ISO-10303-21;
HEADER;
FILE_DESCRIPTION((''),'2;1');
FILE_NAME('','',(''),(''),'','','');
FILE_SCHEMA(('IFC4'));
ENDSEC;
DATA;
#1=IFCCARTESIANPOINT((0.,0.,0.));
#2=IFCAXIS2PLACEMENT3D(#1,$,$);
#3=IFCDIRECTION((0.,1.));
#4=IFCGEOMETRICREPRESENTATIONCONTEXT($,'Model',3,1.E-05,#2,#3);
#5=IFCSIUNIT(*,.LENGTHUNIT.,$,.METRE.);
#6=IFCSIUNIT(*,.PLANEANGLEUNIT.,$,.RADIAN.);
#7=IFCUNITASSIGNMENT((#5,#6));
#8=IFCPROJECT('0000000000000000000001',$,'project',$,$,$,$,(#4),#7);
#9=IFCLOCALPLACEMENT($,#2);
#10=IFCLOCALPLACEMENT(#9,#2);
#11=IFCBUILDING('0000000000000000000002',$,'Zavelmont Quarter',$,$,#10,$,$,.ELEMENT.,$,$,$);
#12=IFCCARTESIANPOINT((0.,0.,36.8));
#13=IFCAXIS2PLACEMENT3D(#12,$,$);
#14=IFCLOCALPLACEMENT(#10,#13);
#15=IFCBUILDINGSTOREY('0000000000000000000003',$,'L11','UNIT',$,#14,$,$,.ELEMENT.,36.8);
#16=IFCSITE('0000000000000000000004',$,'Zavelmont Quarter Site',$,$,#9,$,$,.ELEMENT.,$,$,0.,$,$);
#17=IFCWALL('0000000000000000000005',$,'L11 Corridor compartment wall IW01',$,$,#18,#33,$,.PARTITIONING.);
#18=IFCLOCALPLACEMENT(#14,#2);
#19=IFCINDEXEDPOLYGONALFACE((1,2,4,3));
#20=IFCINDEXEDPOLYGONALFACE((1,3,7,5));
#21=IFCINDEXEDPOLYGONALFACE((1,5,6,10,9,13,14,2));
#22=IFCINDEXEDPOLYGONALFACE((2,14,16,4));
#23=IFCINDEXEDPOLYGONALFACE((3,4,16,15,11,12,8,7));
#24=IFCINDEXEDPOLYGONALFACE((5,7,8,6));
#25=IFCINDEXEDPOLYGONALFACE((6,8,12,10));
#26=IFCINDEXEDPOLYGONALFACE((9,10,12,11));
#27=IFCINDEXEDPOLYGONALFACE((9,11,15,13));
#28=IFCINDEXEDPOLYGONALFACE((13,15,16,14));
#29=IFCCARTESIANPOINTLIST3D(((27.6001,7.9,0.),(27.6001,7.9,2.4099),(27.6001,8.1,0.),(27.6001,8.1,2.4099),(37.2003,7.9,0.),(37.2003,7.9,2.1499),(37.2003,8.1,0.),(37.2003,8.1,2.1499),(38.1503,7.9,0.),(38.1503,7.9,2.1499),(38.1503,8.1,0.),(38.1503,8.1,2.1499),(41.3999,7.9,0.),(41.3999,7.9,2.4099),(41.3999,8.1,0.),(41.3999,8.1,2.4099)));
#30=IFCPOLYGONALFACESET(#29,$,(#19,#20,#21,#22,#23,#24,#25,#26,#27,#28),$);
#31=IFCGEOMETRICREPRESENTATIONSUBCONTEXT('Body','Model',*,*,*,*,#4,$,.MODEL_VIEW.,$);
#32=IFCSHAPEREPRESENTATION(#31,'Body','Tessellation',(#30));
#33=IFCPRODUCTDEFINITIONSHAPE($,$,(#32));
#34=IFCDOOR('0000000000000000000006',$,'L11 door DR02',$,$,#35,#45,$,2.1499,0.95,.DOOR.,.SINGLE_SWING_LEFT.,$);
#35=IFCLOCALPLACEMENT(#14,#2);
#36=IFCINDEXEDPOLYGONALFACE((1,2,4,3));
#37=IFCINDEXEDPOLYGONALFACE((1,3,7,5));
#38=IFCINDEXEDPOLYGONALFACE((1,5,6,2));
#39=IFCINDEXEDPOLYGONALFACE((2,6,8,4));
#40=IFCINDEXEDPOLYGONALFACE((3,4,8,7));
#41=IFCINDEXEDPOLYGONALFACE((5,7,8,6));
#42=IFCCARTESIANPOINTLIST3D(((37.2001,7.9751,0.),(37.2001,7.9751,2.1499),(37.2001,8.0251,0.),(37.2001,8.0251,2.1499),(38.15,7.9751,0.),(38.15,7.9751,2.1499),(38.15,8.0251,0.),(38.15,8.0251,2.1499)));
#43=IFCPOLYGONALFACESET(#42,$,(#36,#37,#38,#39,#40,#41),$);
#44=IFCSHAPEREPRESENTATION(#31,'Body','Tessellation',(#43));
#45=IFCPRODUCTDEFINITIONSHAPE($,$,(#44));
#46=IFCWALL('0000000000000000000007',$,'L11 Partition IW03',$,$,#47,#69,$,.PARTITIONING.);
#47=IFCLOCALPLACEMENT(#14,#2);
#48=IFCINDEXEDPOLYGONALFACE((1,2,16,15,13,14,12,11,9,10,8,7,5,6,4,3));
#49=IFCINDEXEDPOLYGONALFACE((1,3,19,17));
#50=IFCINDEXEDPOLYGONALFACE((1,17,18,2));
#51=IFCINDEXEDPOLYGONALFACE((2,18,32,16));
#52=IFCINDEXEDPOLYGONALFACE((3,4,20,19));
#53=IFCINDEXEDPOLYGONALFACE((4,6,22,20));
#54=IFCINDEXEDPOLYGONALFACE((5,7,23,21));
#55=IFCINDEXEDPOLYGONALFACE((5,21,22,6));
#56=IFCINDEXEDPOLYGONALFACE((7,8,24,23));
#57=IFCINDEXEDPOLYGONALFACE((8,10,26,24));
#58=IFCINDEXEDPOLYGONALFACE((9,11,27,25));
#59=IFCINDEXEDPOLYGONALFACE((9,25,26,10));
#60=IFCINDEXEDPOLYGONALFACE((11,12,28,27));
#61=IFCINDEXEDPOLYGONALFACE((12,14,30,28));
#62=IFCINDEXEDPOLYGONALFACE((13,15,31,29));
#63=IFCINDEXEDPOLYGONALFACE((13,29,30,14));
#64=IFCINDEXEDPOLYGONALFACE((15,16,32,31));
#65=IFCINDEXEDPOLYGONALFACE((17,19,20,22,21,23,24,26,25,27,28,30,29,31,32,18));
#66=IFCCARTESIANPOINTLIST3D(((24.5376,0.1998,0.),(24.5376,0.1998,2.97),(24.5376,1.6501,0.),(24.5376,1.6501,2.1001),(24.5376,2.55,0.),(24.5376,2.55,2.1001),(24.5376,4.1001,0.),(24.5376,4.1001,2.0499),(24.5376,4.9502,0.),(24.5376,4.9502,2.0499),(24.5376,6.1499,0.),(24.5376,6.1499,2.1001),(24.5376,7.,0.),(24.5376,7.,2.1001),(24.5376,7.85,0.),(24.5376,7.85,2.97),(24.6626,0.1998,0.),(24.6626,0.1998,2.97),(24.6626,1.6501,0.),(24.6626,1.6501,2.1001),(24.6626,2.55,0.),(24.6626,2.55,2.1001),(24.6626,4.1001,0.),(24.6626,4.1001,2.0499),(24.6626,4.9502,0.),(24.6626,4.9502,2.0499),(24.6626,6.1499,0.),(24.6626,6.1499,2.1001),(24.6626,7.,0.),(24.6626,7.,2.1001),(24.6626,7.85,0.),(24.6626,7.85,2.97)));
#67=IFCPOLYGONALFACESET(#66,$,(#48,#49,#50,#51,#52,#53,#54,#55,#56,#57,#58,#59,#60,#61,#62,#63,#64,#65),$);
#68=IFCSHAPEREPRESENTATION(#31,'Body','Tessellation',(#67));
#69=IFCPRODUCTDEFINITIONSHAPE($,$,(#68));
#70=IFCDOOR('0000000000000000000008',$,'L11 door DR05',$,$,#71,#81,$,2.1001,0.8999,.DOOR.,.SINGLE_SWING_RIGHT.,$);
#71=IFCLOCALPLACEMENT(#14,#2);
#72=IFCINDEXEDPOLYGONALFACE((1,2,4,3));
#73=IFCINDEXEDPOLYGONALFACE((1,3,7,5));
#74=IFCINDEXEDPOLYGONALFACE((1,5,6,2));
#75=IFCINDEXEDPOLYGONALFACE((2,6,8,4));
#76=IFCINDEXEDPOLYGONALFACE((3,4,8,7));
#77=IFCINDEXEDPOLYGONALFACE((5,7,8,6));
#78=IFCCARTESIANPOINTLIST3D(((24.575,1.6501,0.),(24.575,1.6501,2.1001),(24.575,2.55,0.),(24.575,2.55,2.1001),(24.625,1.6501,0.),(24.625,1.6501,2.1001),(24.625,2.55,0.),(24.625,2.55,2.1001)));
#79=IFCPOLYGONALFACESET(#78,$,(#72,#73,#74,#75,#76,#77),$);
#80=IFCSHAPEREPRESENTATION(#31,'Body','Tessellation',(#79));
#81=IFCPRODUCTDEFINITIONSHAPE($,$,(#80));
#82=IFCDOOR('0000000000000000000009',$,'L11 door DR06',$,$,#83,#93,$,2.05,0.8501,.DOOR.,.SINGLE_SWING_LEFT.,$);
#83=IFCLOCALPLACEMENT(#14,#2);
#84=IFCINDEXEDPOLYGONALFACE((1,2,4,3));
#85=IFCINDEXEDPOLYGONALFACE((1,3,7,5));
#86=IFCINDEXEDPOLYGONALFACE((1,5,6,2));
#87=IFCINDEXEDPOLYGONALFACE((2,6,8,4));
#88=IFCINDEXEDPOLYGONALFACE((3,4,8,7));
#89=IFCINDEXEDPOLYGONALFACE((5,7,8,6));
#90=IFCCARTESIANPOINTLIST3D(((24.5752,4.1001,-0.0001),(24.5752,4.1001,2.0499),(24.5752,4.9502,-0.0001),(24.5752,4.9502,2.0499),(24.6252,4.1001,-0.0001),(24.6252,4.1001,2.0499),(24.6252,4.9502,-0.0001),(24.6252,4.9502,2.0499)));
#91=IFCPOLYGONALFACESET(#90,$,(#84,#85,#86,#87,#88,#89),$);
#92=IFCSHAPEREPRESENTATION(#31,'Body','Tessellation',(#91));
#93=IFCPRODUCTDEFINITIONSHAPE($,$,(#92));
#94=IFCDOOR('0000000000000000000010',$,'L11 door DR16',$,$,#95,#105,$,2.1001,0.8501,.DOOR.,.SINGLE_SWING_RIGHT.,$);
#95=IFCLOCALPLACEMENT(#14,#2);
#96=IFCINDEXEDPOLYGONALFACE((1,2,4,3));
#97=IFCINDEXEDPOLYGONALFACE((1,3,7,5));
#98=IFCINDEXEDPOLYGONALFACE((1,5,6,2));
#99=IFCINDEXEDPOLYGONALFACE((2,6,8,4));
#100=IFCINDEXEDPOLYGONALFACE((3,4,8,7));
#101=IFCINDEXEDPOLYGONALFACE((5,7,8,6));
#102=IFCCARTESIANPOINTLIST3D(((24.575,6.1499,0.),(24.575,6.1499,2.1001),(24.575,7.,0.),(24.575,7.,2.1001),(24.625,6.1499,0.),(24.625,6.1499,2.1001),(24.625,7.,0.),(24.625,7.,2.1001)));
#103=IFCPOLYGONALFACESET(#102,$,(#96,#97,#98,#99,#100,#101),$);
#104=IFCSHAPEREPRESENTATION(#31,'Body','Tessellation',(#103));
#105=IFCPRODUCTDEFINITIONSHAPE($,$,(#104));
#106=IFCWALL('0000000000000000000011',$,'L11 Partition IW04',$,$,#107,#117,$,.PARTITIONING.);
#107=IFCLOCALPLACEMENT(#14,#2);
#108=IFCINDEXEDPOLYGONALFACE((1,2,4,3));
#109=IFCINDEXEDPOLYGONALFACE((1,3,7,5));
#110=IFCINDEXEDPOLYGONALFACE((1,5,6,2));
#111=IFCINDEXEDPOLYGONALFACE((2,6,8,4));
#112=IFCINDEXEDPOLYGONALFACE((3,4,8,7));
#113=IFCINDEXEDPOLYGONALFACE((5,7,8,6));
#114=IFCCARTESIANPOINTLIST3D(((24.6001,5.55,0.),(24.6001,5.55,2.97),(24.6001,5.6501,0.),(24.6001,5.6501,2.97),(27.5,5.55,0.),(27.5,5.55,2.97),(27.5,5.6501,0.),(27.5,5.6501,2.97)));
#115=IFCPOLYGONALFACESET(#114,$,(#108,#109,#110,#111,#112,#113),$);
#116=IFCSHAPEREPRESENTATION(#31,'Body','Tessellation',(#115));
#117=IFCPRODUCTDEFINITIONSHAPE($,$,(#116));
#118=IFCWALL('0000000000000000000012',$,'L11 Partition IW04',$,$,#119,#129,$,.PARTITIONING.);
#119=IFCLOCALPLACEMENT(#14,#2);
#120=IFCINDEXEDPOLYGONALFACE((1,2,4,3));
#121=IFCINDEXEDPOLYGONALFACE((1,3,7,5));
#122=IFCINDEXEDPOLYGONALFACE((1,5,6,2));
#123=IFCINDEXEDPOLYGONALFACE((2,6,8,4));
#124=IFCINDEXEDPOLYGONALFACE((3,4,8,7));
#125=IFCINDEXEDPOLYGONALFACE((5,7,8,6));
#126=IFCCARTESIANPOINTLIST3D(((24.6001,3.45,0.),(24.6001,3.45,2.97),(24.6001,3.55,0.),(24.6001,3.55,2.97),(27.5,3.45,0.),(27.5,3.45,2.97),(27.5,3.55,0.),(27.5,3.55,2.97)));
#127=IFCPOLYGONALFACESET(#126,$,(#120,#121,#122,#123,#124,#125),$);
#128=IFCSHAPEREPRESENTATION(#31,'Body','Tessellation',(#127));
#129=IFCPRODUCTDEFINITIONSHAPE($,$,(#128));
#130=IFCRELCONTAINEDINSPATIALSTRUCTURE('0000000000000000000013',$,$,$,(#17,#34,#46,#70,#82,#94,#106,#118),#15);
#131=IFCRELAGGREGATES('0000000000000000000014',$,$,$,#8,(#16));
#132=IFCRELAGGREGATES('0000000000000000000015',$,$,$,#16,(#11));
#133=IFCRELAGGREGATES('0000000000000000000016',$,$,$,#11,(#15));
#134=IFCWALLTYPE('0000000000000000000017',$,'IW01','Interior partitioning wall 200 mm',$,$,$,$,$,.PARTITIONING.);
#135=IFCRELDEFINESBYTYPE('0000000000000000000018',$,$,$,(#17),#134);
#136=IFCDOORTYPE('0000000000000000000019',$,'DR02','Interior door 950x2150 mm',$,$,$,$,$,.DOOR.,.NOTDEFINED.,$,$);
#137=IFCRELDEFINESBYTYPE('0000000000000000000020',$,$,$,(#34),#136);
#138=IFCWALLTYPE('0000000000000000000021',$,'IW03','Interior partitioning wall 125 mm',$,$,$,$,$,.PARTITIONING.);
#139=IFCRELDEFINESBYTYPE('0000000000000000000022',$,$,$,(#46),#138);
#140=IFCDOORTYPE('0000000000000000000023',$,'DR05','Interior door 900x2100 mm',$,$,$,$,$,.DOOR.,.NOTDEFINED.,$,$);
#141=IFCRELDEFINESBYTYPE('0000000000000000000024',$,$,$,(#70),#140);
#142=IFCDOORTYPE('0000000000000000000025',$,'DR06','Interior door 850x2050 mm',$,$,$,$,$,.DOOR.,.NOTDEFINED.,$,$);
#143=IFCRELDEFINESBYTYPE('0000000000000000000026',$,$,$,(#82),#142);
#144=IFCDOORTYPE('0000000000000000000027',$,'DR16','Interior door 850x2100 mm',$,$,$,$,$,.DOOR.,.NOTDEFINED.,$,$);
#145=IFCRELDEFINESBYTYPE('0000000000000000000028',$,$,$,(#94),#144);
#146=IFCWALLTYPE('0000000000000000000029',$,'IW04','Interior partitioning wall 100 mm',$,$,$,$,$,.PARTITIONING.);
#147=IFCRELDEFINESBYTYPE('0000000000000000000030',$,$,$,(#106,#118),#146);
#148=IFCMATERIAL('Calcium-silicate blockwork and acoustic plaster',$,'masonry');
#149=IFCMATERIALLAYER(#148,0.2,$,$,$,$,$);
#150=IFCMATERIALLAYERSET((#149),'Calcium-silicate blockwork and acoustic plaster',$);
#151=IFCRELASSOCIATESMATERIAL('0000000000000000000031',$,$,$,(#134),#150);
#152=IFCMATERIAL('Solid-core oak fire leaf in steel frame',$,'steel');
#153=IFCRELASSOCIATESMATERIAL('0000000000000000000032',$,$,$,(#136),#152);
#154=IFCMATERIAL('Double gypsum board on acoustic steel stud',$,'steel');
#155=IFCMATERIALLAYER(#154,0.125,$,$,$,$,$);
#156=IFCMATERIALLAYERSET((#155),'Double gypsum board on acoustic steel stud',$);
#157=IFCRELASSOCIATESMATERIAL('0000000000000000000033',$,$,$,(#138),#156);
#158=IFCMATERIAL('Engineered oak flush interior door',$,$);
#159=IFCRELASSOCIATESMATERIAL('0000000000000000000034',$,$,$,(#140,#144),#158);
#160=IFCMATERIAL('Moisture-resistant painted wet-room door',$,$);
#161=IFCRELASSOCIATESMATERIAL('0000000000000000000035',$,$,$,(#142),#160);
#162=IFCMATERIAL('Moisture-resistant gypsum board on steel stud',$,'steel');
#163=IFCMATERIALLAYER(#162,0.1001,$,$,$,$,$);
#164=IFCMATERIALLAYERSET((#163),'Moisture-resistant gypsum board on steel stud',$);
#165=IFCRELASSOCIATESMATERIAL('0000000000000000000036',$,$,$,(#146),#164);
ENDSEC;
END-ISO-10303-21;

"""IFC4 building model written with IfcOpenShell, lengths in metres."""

from ifc_helpers import new_model, si_unit, direction, frame, frame_2d, origin, origin_with_axes, place, context, subcontext, project, spatial, rectangle, extrude, material, layer, layer_set, type_object, element, fill, save


model = new_model("IFC4")

# Units and contexts
model_context = context("Model", 3, precision=1e-05, world=origin(), true_north=direction((0.0, 1.0)))
body_context = subcontext(model_context, "Body", "Model", "MODEL_VIEW")
ifc_project = project(units=[si_unit("LENGTHUNIT", "METRE"), si_unit("PLANEANGLEUNIT", "RADIAN")], contexts=[model_context])

# Site, building, storey
site_placement = place(None, origin())
site = spatial("IfcSite", under=ifc_project, at=site_placement, Name="Zavelmont Quarter Site", CompositionType="ELEMENT", RefElevation=0.0)
building_placement = place(site_placement, origin())
building = spatial("IfcBuilding", under=site, at=building_placement, Name="Zavelmont Quarter", CompositionType="ELEMENT")
storey_placement = place(building_placement, frame((0.0, 0.0, 36.8)))
storey = spatial("IfcBuildingStorey", under=building, at=storey_placement, Name="L11", Description="UNIT", CompositionType="ELEMENT", Elevation=36.8)

# Shared definitions
ifc_material_1 = material(Name="Calcium-silicate blockwork and acoustic plaster", Category="masonry")
ifc_layer_1 = layer(ifc_material_1, 0.2)
ifc_layer_set_1 = layer_set([ifc_layer_1], Name="Calcium-silicate blockwork and acoustic plaster")
wall_type_1 = type_object("IfcWallType", Name="IW01", Description="Interior partitioning wall 200 mm", PredefinedType="PARTITIONING", material=ifc_layer_set_1)

# Wall, opening, door
wall_1_placement = place(storey_placement, frame((27.6001, 8.0, 0.0), z_axis=(0.0, 0.0, 1.0), x_axis=(1.0, 0.0, 0.0)))
wall_1 = element("IfcWall", 1, at=wall_1_placement, inside=storey, type_object=wall_type_1, Name="L11 Corridor compartment wall IW01", PredefinedType="PARTITIONING", context=body_context, shape_type="SweptSolid", body=[
    extrude(rectangle(XDim=13.7998, YDim=0.2, at=frame_2d((6.8999, 0.0))), origin(), (0.0, 0.0, 1.0), 2.4099),
])
opening_1_placement = place(wall_1_placement, frame((9.6001, 0.0, 0.0)))
opening_1 = element("IfcOpeningElement", 2, at=opening_1_placement, cuts=wall_1, PredefinedType="OPENING", context=body_context, shape_type="SweptSolid", body=[
    extrude(rectangle(XDim=0.95, YDim=2.1499, at=frame_2d((0.4751, 1.075))), frame((0.0, 0.1118, 0.0), z_axis=(0.0, -1.0, 0.0), x_axis=(1.0, 0.0, 0.0)), (0.0, 0.0, 1.0), 0.2239),
])
ifc_material_2 = material(Name="Solid-core oak fire leaf in steel frame", Category="steel")
door_type_1 = type_object("IfcDoorType", Name="DR02", Description="Interior door 950x2150 mm", OperationType="NOTDEFINED", PredefinedType="DOOR", material=ifc_material_2)
door_1_placement = place(opening_1_placement, frame((0.95, 0.0, 0.0), z_axis=(0.0, 0.0, 1.0), x_axis=(-1.0, 0.0, 0.0)))
door_1 = element("IfcDoor", 3, at=door_1_placement, inside=storey, type_object=door_type_1, Name="L11 door DR02", OperationType="SINGLE_SWING_LEFT", OverallHeight=2.1499, OverallWidth=0.95, PredefinedType="DOOR", context=body_context, shape_type="SweptSolid", body=[
    extrude(rectangle(XDim=0.95, YDim=2.1499, at=frame_2d((0.4751, 1.075))), frame((0.0, 0.0249, 0.0), z_axis=(0.0, -1.0, 0.0), x_axis=(1.0, 0.0, 0.0)), (0.0, 0.0, 1.0), 0.05),
])
fill(opening_1, door_1)

# Wall, openings, doors
ifc_material_3 = material(Name="Double gypsum board on acoustic steel stud", Category="steel")
ifc_layer_2 = layer(ifc_material_3, 0.125)
ifc_layer_set_2 = layer_set([ifc_layer_2], Name="Double gypsum board on acoustic steel stud")
wall_type_2 = type_object("IfcWallType", Name="IW03", Description="Interior partitioning wall 125 mm", PredefinedType="PARTITIONING", material=ifc_layer_set_2)
wall_2_placement = place(storey_placement, frame((24.6001, 7.8501, 0.0), z_axis=(0.0, 0.0, 1.0), x_axis=(0.0, -1.0, 0.0)))
wall_2 = element("IfcWall", 4, at=wall_2_placement, inside=storey, type_object=wall_type_2, Name="L11 Partition IW03", PredefinedType="PARTITIONING", context=body_context, shape_type="SweptSolid", body=[
    extrude(rectangle(XDim=7.6501, YDim=0.125, at=frame_2d((3.8252, 0.0))), origin(), (0.0, 0.0, 1.0), 2.97),
])
opening_2_placement = place(wall_2_placement, frame((0.8501, 0.0, 0.0)))
opening_2 = element("IfcOpeningElement", 5, at=opening_2_placement, cuts=wall_2, PredefinedType="OPENING", context=body_context, shape_type="SweptSolid", body=[
    extrude(rectangle(XDim=0.8501, YDim=2.1001, at=frame_2d((0.425, 1.05))), frame((0.0, 0.0745, 0.0), z_axis=(0.0, -1.0, 0.0), x_axis=(1.0, 0.0, 0.0)), (0.0, 0.0, 1.0), 0.1489),
])
opening_3_placement = place(wall_2_placement, frame((2.8999, 0.0, 0.0)))
opening_3 = element("IfcOpeningElement", 6, at=opening_3_placement, cuts=wall_2, PredefinedType="OPENING", context=body_context, shape_type="SweptSolid", body=[
    extrude(rectangle(XDim=0.8501, YDim=2.05, at=frame_2d((0.425, 1.0249))), frame((0.0, 0.0745, 0.0), z_axis=(0.0, -1.0, 0.0), x_axis=(1.0, 0.0, 0.0)), (0.0, 0.0, 1.0), 0.1489),
])
opening_4_placement = place(wall_2_placement, frame((5.3, 0.0, 0.0)))
opening_4 = element("IfcOpeningElement", 7, at=opening_4_placement, cuts=wall_2, PredefinedType="OPENING", context=body_context, shape_type="SweptSolid", body=[
    extrude(rectangle(XDim=0.8999, YDim=2.1001, at=frame_2d((0.45, 1.05))), frame((0.0, 0.0745, 0.0), z_axis=(0.0, -1.0, 0.0), x_axis=(1.0, 0.0, 0.0)), (0.0, 0.0, 1.0), 0.1489),
])
ifc_material_4 = material(Name="Engineered oak flush interior door")
door_type_2 = type_object("IfcDoorType", Name="DR05", Description="Interior door 900x2100 mm", OperationType="NOTDEFINED", PredefinedType="DOOR", material=ifc_material_4)
door_2_placement = place(opening_4_placement, origin_with_axes())
door_2 = element("IfcDoor", 8, at=door_2_placement, inside=storey, type_object=door_type_2, Name="L11 door DR05", OperationType="SINGLE_SWING_RIGHT", OverallHeight=2.1001, OverallWidth=0.8999, PredefinedType="DOOR", context=body_context, shape_type="SweptSolid", body=[
    extrude(rectangle(XDim=0.8999, YDim=2.1001, at=frame_2d((0.45, 1.05))), frame((0.0, 0.0249, 0.0), z_axis=(0.0, -1.0, 0.0), x_axis=(1.0, 0.0, 0.0)), (0.0, 0.0, 1.0), 0.05),
])
fill(opening_4, door_2)
ifc_material_5 = material(Name="Moisture-resistant painted wet-room door")
door_type_3 = type_object("IfcDoorType", Name="DR06", Description="Interior door 850x2050 mm", OperationType="NOTDEFINED", PredefinedType="DOOR", material=ifc_material_5)
door_3_placement = place(opening_3_placement, frame((0.8501, 0.0, 0.0), z_axis=(0.0, 0.0, 1.0), x_axis=(-1.0, 0.0, 0.0)))
door_3 = element("IfcDoor", 9, at=door_3_placement, inside=storey, type_object=door_type_3, Name="L11 door DR06", OperationType="SINGLE_SWING_LEFT", OverallHeight=2.05, OverallWidth=0.8501, PredefinedType="DOOR", context=body_context, shape_type="SweptSolid", body=[
    extrude(rectangle(XDim=0.8501, YDim=2.05, at=frame_2d((0.425, 1.0249))), frame((0.0, 0.0249, 0.0), z_axis=(0.0, -1.0, 0.0), x_axis=(1.0, 0.0, 0.0)), (0.0, 0.0, 1.0), 0.05),
])
fill(opening_3, door_3)
door_type_4 = type_object("IfcDoorType", Name="DR16", Description="Interior door 850x2100 mm", OperationType="NOTDEFINED", PredefinedType="DOOR", material=ifc_material_4)
door_4_placement = place(opening_2_placement, origin_with_axes())
door_4 = element("IfcDoor", 10, at=door_4_placement, inside=storey, type_object=door_type_4, Name="L11 door DR16", OperationType="SINGLE_SWING_RIGHT", OverallHeight=2.1001, OverallWidth=0.8501, PredefinedType="DOOR", context=body_context, shape_type="SweptSolid", body=[
    extrude(rectangle(XDim=0.8501, YDim=2.1001, at=frame_2d((0.425, 1.05))), frame((0.0, 0.0249, 0.0), z_axis=(0.0, -1.0, 0.0), x_axis=(1.0, 0.0, 0.0)), (0.0, 0.0, 1.0), 0.05),
])
fill(opening_2, door_4)

# Walls
ifc_material_6 = material(Name="Moisture-resistant gypsum board on steel stud", Category="steel")
ifc_layer_3 = layer(ifc_material_6, 0.1001)
ifc_layer_set_3 = layer_set([ifc_layer_3], Name="Moisture-resistant gypsum board on steel stud")
wall_type_3 = type_object("IfcWallType", Name="IW04", Description="Interior partitioning wall 100 mm", PredefinedType="PARTITIONING", material=ifc_layer_set_3)
for number, where, z_axis, x_axis, name in (
    (11, (24.6001, 5.6001, 0.0), (0.0, 0.0, 1.0), (1.0, 0.0, 0.0), "L11 Partition IW04"),
    (12, (24.6001, 3.5, 0.0), (0.0, 0.0, 1.0), (1.0, 0.0, 0.0), "L11 Partition IW04"),
):
    element("IfcWall", number, at=place(storey_placement, frame(where, z_axis=z_axis, x_axis=x_axis)), inside=storey, type_object=wall_type_3, Name=name, PredefinedType="PARTITIONING", context=body_context, shape_type="SweptSolid", body=[
        extrude(rectangle(XDim=2.8999, YDim=0.1001, at=frame_2d((1.45, 0.0))), origin(), (0.0, 0.0, 1.0), 2.97),
    ])

save(model, "model.ifc")
